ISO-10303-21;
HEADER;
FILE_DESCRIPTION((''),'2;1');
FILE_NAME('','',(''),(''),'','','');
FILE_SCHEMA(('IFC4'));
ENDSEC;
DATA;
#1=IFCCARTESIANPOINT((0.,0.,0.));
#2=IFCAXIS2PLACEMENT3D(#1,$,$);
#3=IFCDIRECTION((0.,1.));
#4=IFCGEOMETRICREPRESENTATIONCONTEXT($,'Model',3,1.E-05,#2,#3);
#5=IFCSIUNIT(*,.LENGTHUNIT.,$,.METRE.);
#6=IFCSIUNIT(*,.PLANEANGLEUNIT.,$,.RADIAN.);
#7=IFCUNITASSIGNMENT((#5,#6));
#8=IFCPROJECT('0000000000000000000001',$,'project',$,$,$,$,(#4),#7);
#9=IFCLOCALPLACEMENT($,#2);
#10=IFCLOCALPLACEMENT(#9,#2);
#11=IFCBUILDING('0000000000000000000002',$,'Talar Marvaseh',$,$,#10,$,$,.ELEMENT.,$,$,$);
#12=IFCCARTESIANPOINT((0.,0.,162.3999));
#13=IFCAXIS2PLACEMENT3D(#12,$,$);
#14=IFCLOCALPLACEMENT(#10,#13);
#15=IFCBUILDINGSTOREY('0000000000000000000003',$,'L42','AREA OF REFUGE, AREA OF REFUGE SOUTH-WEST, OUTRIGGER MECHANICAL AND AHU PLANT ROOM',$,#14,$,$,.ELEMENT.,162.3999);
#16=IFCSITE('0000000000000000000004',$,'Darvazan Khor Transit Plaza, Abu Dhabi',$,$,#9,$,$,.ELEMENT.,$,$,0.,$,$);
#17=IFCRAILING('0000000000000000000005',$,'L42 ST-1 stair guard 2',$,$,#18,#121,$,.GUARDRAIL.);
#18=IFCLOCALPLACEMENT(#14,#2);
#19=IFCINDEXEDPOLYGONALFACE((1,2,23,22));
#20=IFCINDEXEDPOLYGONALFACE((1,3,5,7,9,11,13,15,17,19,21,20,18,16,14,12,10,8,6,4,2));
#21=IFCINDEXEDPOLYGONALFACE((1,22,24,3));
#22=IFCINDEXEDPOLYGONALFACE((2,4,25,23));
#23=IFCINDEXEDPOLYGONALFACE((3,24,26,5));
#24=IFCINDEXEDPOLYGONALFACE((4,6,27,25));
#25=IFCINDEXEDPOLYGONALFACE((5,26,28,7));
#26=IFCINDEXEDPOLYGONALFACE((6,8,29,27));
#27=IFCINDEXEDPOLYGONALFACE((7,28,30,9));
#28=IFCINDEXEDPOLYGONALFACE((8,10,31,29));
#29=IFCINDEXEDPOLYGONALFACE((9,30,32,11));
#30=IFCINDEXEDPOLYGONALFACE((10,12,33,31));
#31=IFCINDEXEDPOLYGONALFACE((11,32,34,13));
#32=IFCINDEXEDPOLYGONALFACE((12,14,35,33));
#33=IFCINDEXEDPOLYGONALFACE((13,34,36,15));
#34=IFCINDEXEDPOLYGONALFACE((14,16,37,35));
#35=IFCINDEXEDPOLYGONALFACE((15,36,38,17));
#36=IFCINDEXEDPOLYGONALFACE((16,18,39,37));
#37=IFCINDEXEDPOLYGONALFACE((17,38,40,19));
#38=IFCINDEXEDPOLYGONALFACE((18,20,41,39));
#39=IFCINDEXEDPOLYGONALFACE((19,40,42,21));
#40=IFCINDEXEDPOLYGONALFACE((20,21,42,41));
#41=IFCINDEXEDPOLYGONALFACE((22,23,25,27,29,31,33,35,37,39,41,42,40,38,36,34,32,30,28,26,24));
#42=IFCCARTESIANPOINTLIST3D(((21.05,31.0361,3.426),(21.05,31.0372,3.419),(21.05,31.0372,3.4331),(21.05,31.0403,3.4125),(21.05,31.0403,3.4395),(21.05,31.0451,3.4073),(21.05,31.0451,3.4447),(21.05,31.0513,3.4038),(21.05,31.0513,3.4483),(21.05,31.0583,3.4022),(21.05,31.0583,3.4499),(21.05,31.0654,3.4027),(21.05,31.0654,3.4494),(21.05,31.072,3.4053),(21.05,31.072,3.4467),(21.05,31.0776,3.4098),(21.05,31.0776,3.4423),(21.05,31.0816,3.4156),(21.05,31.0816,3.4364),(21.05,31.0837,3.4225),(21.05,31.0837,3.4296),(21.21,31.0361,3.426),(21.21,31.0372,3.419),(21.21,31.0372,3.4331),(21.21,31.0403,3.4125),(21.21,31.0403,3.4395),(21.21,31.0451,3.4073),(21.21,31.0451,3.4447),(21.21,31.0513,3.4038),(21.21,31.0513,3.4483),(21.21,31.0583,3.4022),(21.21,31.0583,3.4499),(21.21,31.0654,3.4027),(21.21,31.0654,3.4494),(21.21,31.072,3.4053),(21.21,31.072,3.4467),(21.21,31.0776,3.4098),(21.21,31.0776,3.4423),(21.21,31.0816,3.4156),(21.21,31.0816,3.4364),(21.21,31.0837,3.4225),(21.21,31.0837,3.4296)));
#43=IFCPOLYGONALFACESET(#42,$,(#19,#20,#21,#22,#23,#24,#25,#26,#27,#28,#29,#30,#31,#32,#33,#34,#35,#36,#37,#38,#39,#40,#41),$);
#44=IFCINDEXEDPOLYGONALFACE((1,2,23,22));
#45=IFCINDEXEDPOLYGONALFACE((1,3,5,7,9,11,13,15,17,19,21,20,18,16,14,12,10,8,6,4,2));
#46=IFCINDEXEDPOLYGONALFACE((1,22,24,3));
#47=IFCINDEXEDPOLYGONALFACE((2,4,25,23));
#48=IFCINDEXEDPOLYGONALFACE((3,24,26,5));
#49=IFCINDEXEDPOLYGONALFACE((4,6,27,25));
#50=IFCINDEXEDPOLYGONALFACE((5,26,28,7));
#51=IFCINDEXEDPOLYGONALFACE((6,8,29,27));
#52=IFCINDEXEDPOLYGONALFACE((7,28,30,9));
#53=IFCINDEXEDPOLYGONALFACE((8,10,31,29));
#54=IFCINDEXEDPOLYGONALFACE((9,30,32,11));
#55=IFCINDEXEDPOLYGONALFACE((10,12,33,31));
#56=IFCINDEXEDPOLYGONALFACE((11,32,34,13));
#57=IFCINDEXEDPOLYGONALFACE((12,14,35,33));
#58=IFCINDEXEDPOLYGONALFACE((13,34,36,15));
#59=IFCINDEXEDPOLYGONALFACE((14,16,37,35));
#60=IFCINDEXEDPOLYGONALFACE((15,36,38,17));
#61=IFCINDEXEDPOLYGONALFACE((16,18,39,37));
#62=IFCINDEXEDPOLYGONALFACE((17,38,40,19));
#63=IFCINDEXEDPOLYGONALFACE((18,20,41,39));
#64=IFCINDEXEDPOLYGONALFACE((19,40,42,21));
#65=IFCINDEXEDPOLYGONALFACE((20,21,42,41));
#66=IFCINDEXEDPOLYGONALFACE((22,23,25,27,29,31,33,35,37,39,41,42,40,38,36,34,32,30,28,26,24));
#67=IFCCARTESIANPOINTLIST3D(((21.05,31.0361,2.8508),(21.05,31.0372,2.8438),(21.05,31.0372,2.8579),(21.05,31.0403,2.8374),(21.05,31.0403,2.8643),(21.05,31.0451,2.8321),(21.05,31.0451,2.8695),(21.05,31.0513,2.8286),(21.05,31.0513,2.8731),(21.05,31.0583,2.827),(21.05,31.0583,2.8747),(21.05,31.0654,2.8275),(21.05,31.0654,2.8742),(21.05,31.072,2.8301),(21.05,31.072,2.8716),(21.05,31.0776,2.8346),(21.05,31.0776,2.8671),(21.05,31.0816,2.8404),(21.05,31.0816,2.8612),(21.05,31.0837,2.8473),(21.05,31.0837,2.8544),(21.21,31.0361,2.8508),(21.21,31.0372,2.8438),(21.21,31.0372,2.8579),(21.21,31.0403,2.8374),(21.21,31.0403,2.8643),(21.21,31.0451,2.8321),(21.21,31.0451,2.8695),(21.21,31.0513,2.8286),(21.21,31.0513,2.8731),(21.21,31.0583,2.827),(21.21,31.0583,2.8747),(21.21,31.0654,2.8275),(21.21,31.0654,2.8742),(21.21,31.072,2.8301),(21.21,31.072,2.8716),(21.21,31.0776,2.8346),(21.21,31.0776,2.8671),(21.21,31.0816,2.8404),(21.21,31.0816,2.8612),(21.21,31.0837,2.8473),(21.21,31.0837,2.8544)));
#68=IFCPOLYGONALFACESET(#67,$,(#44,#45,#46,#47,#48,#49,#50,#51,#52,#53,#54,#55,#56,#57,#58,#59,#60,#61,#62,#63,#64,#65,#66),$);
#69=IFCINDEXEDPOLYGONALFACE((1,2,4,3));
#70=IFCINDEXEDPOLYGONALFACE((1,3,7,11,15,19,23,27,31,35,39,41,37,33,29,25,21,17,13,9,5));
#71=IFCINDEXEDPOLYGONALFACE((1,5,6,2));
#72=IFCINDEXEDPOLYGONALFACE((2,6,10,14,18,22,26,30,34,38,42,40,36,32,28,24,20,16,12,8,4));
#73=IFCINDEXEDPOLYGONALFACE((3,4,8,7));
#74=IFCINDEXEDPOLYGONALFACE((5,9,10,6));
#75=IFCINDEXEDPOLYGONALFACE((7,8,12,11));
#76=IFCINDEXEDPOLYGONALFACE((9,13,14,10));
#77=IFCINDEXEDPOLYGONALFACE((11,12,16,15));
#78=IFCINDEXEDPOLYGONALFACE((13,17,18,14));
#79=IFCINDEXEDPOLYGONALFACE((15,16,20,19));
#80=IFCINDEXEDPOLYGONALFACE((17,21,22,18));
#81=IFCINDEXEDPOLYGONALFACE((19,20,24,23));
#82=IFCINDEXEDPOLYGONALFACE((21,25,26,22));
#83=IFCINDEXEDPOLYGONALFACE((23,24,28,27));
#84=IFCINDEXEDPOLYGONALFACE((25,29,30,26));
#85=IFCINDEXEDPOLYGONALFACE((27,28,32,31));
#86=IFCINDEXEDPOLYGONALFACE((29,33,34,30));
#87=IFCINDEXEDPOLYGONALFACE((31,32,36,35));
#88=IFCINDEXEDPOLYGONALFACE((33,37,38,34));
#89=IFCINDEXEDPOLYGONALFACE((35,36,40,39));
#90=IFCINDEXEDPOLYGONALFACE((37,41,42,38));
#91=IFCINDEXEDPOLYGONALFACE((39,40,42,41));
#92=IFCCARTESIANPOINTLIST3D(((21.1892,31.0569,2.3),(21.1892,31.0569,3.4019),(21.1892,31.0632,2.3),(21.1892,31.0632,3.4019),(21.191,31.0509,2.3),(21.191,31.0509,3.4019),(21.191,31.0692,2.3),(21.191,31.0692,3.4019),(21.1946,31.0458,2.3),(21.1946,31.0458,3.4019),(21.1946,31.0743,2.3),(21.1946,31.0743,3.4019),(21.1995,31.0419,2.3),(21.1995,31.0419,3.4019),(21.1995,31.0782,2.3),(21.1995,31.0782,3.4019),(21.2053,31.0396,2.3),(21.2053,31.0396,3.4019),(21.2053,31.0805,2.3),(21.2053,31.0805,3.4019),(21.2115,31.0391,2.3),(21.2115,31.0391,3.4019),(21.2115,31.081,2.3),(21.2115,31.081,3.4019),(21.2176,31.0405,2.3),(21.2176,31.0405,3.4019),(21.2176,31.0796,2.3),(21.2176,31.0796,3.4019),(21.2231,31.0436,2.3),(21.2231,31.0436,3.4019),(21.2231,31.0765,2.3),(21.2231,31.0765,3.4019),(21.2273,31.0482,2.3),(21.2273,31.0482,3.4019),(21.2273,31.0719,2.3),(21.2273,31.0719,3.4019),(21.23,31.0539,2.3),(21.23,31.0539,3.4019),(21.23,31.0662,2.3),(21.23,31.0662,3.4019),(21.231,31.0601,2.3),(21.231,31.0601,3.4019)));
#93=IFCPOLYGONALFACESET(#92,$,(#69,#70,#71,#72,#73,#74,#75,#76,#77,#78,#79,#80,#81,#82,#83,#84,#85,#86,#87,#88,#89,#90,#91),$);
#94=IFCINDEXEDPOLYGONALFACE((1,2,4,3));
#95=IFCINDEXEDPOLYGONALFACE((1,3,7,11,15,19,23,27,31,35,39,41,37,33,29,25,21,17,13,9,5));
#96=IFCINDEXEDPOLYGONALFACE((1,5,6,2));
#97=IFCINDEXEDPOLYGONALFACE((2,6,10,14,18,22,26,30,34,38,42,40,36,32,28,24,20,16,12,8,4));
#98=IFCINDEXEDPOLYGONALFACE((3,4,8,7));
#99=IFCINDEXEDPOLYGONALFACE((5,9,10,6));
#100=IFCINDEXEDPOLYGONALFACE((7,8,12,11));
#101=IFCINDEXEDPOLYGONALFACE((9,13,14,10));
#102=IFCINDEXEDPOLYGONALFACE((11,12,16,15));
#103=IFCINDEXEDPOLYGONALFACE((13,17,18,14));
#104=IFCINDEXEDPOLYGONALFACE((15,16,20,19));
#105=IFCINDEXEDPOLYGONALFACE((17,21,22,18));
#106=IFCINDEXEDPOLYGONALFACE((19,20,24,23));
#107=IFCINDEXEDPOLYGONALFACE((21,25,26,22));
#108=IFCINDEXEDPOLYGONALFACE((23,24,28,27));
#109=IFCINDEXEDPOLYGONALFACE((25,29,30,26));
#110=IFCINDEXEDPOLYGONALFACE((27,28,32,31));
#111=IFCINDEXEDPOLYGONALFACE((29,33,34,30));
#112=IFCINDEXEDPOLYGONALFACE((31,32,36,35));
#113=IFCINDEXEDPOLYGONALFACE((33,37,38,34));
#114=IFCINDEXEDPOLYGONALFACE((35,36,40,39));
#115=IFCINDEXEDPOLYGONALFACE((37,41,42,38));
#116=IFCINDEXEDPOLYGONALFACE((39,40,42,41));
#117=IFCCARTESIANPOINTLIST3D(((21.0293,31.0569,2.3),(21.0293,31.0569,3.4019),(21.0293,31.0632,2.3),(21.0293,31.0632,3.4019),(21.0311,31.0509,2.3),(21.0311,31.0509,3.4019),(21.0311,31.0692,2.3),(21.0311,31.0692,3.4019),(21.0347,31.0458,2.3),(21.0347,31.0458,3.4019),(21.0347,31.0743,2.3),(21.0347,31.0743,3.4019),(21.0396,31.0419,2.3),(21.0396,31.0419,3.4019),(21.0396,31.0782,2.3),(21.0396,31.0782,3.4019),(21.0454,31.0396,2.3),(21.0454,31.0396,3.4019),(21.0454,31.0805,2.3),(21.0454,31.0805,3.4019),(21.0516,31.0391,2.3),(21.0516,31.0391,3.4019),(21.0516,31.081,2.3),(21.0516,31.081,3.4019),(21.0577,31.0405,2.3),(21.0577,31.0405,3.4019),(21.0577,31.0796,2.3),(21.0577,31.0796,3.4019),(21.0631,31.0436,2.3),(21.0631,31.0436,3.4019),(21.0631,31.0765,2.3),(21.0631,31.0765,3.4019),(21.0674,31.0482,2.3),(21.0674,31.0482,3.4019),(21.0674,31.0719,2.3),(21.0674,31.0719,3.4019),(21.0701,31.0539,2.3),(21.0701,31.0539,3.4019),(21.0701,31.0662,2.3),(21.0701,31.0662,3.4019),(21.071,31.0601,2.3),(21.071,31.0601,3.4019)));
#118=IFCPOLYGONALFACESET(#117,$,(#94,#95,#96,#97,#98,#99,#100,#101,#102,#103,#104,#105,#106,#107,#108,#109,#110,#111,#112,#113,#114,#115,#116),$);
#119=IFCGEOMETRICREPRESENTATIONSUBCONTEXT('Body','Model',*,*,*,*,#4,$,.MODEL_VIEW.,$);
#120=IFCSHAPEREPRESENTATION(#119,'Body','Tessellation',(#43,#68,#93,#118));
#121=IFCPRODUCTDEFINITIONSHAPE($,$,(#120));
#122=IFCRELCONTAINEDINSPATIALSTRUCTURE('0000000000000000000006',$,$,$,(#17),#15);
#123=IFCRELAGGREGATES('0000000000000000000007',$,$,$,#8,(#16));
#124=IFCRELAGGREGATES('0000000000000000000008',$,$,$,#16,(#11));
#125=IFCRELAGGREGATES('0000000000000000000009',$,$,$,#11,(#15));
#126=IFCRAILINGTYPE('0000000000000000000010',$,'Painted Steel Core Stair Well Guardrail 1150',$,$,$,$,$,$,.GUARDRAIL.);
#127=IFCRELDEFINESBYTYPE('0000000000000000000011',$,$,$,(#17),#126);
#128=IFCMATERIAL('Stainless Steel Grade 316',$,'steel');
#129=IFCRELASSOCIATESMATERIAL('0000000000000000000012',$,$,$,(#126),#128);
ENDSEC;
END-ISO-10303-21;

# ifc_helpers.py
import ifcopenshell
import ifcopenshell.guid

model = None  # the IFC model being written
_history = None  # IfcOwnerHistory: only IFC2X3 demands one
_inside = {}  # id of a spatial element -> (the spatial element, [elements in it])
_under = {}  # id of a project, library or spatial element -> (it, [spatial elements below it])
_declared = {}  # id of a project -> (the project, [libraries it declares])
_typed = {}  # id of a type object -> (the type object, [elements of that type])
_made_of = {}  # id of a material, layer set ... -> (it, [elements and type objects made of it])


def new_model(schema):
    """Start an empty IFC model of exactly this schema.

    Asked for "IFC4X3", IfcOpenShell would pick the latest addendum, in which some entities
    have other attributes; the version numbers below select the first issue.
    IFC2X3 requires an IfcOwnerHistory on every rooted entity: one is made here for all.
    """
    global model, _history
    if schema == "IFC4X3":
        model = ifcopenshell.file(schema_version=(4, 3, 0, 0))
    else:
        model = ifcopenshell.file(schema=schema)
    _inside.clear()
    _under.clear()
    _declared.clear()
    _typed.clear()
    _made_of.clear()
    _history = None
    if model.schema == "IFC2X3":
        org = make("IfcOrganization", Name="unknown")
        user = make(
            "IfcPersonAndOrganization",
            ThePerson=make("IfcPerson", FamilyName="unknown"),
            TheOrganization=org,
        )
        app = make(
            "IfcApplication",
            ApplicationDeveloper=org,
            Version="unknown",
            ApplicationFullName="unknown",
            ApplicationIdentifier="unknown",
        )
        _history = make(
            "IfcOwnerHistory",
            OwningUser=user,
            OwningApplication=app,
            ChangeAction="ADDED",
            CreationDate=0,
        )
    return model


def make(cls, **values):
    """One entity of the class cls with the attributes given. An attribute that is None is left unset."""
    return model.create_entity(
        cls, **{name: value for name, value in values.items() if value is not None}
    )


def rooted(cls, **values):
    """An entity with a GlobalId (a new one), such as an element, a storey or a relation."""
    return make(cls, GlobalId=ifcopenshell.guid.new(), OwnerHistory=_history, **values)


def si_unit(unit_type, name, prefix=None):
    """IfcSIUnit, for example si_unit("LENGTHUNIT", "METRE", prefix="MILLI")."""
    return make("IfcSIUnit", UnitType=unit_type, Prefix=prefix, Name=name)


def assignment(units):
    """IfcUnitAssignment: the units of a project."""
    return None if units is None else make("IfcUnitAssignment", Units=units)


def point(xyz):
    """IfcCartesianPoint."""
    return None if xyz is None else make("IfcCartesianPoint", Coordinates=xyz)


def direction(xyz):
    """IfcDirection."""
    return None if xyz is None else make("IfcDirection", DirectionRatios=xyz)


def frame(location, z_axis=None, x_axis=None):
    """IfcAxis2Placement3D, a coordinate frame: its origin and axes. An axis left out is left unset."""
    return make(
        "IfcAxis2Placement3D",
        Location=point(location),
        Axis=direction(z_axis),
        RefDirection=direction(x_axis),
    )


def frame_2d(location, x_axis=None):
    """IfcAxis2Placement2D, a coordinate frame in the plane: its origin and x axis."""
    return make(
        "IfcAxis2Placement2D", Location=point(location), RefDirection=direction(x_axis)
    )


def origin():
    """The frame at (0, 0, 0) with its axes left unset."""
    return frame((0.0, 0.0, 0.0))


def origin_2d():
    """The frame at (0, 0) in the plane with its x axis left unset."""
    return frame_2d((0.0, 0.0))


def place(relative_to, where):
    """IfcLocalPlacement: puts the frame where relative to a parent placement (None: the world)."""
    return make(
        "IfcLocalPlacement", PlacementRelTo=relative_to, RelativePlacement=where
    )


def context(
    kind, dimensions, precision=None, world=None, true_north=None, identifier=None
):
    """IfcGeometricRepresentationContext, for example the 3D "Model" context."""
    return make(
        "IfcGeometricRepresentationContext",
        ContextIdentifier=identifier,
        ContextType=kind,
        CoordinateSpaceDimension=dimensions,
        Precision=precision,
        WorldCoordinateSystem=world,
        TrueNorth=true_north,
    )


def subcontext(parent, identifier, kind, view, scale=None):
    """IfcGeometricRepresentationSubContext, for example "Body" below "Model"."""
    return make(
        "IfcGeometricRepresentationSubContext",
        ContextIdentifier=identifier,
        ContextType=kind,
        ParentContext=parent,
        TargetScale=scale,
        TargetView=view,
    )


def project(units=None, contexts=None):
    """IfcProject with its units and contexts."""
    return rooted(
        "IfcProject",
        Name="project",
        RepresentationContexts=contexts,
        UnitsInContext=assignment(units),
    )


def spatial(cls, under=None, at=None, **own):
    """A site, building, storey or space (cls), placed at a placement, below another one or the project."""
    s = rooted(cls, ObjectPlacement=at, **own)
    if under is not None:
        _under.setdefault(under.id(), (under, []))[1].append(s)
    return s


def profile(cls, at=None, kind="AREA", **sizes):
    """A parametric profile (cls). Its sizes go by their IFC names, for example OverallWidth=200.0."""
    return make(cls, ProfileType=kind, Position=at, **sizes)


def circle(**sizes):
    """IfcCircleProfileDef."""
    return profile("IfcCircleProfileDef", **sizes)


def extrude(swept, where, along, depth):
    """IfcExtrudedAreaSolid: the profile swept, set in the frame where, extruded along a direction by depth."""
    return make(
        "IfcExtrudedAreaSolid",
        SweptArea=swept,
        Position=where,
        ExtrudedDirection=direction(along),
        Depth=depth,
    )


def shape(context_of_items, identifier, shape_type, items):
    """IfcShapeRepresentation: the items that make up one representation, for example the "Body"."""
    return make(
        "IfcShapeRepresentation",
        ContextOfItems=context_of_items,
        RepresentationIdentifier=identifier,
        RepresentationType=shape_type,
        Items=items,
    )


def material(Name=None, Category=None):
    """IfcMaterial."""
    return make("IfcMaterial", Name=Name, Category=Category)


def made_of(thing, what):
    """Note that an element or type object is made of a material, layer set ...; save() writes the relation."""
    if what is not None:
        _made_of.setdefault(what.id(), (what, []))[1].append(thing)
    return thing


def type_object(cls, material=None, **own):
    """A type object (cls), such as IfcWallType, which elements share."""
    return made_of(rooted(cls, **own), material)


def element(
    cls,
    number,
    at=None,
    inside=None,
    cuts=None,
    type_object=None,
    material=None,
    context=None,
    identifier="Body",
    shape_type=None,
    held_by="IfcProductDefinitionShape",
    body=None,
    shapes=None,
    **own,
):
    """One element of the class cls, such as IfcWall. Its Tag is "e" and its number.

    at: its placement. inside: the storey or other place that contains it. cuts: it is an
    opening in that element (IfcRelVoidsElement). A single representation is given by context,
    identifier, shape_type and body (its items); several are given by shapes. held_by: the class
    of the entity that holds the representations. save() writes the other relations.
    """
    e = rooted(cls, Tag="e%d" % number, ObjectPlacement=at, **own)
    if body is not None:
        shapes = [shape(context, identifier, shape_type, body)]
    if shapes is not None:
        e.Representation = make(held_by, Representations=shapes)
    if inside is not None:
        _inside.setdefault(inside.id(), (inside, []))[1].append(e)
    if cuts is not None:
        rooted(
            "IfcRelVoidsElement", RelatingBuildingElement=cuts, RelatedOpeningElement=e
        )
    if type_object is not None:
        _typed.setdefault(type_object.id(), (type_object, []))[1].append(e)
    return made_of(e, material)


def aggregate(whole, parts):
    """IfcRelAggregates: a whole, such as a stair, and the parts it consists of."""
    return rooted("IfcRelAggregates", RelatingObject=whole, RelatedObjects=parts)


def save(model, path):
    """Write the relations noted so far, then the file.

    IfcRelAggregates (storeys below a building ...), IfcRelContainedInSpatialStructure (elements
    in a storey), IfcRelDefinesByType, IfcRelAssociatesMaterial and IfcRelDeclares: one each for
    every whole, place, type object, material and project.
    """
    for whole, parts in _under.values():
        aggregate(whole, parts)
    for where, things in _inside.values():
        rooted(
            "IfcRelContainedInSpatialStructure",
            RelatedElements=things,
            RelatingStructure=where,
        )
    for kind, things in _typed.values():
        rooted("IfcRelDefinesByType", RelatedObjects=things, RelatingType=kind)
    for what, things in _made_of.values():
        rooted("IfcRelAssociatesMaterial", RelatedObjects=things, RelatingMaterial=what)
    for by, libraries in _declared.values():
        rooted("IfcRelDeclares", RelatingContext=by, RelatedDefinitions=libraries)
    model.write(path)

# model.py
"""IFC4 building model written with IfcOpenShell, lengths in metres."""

from ifc_helpers import new_model, si_unit, direction, frame, origin, origin_2d, place, context, subcontext, project, spatial, circle, extrude, material, type_object, element, save


model = new_model("IFC4")

# Units and contexts
model_context = context("Model", 3, precision=1e-05, world=origin(), true_north=direction((0.0, 1.0)))
body_context = subcontext(model_context, "Body", "Model", "MODEL_VIEW")
ifc_project = project(units=[si_unit("LENGTHUNIT", "METRE"), si_unit("PLANEANGLEUNIT", "RADIAN")], contexts=[model_context])

# Site, building, storey
site_placement = place(None, origin())
site = spatial("IfcSite", under=ifc_project, at=site_placement, Name="Darvazan Khor Transit Plaza, Abu Dhabi", CompositionType="ELEMENT", RefElevation=0.0)
building_placement = place(site_placement, origin())
building = spatial("IfcBuilding", under=site, at=building_placement, Name="Talar Marvaseh", CompositionType="ELEMENT")
storey_placement = place(building_placement, frame((0.0, 0.0, 162.3999)))
storey = spatial("IfcBuildingStorey", under=building, at=storey_placement, Name="L42", Description="AREA OF REFUGE, AREA OF REFUGE SOUTH-WEST, OUTRIGGER MECHANICAL AND AHU PLANT ROOM", CompositionType="ELEMENT", Elevation=162.3999)

# Shared definitions
ifc_material_1 = material(Name="Stainless Steel Grade 316", Category="steel")

# Railing
railing_type_1 = type_object("IfcRailingType", Name="Painted Steel Core Stair Well Guardrail 1150", PredefinedType="GUARDRAIL", material=ifc_material_1)
railing_1_placement = place(storey_placement, frame((21.21, 31.0601, 2.3)))
element("IfcRailing", 1, at=railing_1_placement, inside=storey, type_object=railing_type_1, Name="L42 ST-1 stair guard 2", PredefinedType="GUARDRAIL", context=body_context, shape_type="SweptSolid", body=[
    extrude(circle(Radius=0.0239, at=origin_2d()), frame((0.0, 0.0, 1.126), z_axis=(-1.0, 0.0, 0.0), x_axis=(0.0, -1.0, 0.0)), (0.0, 0.0, 1.0), 0.1599),
    extrude(circle(Radius=0.0239, at=origin_2d()), frame((0.0, 0.0, 0.5508), z_axis=(-1.0, 0.0, 0.0), x_axis=(0.0, -1.0, 0.0)), (0.0, 0.0, 1.0), 0.1599),
    extrude(circle(Radius=0.021, at=origin_2d()), origin(), (0.0, 0.0, 1.0), 1.1018),
    extrude(circle(Radius=0.021, at=origin_2d()), frame((-0.1599, 0.0, 0.0)), (0.0, 0.0, 1.0), 1.1018),
])

save(model, "model.ifc")
